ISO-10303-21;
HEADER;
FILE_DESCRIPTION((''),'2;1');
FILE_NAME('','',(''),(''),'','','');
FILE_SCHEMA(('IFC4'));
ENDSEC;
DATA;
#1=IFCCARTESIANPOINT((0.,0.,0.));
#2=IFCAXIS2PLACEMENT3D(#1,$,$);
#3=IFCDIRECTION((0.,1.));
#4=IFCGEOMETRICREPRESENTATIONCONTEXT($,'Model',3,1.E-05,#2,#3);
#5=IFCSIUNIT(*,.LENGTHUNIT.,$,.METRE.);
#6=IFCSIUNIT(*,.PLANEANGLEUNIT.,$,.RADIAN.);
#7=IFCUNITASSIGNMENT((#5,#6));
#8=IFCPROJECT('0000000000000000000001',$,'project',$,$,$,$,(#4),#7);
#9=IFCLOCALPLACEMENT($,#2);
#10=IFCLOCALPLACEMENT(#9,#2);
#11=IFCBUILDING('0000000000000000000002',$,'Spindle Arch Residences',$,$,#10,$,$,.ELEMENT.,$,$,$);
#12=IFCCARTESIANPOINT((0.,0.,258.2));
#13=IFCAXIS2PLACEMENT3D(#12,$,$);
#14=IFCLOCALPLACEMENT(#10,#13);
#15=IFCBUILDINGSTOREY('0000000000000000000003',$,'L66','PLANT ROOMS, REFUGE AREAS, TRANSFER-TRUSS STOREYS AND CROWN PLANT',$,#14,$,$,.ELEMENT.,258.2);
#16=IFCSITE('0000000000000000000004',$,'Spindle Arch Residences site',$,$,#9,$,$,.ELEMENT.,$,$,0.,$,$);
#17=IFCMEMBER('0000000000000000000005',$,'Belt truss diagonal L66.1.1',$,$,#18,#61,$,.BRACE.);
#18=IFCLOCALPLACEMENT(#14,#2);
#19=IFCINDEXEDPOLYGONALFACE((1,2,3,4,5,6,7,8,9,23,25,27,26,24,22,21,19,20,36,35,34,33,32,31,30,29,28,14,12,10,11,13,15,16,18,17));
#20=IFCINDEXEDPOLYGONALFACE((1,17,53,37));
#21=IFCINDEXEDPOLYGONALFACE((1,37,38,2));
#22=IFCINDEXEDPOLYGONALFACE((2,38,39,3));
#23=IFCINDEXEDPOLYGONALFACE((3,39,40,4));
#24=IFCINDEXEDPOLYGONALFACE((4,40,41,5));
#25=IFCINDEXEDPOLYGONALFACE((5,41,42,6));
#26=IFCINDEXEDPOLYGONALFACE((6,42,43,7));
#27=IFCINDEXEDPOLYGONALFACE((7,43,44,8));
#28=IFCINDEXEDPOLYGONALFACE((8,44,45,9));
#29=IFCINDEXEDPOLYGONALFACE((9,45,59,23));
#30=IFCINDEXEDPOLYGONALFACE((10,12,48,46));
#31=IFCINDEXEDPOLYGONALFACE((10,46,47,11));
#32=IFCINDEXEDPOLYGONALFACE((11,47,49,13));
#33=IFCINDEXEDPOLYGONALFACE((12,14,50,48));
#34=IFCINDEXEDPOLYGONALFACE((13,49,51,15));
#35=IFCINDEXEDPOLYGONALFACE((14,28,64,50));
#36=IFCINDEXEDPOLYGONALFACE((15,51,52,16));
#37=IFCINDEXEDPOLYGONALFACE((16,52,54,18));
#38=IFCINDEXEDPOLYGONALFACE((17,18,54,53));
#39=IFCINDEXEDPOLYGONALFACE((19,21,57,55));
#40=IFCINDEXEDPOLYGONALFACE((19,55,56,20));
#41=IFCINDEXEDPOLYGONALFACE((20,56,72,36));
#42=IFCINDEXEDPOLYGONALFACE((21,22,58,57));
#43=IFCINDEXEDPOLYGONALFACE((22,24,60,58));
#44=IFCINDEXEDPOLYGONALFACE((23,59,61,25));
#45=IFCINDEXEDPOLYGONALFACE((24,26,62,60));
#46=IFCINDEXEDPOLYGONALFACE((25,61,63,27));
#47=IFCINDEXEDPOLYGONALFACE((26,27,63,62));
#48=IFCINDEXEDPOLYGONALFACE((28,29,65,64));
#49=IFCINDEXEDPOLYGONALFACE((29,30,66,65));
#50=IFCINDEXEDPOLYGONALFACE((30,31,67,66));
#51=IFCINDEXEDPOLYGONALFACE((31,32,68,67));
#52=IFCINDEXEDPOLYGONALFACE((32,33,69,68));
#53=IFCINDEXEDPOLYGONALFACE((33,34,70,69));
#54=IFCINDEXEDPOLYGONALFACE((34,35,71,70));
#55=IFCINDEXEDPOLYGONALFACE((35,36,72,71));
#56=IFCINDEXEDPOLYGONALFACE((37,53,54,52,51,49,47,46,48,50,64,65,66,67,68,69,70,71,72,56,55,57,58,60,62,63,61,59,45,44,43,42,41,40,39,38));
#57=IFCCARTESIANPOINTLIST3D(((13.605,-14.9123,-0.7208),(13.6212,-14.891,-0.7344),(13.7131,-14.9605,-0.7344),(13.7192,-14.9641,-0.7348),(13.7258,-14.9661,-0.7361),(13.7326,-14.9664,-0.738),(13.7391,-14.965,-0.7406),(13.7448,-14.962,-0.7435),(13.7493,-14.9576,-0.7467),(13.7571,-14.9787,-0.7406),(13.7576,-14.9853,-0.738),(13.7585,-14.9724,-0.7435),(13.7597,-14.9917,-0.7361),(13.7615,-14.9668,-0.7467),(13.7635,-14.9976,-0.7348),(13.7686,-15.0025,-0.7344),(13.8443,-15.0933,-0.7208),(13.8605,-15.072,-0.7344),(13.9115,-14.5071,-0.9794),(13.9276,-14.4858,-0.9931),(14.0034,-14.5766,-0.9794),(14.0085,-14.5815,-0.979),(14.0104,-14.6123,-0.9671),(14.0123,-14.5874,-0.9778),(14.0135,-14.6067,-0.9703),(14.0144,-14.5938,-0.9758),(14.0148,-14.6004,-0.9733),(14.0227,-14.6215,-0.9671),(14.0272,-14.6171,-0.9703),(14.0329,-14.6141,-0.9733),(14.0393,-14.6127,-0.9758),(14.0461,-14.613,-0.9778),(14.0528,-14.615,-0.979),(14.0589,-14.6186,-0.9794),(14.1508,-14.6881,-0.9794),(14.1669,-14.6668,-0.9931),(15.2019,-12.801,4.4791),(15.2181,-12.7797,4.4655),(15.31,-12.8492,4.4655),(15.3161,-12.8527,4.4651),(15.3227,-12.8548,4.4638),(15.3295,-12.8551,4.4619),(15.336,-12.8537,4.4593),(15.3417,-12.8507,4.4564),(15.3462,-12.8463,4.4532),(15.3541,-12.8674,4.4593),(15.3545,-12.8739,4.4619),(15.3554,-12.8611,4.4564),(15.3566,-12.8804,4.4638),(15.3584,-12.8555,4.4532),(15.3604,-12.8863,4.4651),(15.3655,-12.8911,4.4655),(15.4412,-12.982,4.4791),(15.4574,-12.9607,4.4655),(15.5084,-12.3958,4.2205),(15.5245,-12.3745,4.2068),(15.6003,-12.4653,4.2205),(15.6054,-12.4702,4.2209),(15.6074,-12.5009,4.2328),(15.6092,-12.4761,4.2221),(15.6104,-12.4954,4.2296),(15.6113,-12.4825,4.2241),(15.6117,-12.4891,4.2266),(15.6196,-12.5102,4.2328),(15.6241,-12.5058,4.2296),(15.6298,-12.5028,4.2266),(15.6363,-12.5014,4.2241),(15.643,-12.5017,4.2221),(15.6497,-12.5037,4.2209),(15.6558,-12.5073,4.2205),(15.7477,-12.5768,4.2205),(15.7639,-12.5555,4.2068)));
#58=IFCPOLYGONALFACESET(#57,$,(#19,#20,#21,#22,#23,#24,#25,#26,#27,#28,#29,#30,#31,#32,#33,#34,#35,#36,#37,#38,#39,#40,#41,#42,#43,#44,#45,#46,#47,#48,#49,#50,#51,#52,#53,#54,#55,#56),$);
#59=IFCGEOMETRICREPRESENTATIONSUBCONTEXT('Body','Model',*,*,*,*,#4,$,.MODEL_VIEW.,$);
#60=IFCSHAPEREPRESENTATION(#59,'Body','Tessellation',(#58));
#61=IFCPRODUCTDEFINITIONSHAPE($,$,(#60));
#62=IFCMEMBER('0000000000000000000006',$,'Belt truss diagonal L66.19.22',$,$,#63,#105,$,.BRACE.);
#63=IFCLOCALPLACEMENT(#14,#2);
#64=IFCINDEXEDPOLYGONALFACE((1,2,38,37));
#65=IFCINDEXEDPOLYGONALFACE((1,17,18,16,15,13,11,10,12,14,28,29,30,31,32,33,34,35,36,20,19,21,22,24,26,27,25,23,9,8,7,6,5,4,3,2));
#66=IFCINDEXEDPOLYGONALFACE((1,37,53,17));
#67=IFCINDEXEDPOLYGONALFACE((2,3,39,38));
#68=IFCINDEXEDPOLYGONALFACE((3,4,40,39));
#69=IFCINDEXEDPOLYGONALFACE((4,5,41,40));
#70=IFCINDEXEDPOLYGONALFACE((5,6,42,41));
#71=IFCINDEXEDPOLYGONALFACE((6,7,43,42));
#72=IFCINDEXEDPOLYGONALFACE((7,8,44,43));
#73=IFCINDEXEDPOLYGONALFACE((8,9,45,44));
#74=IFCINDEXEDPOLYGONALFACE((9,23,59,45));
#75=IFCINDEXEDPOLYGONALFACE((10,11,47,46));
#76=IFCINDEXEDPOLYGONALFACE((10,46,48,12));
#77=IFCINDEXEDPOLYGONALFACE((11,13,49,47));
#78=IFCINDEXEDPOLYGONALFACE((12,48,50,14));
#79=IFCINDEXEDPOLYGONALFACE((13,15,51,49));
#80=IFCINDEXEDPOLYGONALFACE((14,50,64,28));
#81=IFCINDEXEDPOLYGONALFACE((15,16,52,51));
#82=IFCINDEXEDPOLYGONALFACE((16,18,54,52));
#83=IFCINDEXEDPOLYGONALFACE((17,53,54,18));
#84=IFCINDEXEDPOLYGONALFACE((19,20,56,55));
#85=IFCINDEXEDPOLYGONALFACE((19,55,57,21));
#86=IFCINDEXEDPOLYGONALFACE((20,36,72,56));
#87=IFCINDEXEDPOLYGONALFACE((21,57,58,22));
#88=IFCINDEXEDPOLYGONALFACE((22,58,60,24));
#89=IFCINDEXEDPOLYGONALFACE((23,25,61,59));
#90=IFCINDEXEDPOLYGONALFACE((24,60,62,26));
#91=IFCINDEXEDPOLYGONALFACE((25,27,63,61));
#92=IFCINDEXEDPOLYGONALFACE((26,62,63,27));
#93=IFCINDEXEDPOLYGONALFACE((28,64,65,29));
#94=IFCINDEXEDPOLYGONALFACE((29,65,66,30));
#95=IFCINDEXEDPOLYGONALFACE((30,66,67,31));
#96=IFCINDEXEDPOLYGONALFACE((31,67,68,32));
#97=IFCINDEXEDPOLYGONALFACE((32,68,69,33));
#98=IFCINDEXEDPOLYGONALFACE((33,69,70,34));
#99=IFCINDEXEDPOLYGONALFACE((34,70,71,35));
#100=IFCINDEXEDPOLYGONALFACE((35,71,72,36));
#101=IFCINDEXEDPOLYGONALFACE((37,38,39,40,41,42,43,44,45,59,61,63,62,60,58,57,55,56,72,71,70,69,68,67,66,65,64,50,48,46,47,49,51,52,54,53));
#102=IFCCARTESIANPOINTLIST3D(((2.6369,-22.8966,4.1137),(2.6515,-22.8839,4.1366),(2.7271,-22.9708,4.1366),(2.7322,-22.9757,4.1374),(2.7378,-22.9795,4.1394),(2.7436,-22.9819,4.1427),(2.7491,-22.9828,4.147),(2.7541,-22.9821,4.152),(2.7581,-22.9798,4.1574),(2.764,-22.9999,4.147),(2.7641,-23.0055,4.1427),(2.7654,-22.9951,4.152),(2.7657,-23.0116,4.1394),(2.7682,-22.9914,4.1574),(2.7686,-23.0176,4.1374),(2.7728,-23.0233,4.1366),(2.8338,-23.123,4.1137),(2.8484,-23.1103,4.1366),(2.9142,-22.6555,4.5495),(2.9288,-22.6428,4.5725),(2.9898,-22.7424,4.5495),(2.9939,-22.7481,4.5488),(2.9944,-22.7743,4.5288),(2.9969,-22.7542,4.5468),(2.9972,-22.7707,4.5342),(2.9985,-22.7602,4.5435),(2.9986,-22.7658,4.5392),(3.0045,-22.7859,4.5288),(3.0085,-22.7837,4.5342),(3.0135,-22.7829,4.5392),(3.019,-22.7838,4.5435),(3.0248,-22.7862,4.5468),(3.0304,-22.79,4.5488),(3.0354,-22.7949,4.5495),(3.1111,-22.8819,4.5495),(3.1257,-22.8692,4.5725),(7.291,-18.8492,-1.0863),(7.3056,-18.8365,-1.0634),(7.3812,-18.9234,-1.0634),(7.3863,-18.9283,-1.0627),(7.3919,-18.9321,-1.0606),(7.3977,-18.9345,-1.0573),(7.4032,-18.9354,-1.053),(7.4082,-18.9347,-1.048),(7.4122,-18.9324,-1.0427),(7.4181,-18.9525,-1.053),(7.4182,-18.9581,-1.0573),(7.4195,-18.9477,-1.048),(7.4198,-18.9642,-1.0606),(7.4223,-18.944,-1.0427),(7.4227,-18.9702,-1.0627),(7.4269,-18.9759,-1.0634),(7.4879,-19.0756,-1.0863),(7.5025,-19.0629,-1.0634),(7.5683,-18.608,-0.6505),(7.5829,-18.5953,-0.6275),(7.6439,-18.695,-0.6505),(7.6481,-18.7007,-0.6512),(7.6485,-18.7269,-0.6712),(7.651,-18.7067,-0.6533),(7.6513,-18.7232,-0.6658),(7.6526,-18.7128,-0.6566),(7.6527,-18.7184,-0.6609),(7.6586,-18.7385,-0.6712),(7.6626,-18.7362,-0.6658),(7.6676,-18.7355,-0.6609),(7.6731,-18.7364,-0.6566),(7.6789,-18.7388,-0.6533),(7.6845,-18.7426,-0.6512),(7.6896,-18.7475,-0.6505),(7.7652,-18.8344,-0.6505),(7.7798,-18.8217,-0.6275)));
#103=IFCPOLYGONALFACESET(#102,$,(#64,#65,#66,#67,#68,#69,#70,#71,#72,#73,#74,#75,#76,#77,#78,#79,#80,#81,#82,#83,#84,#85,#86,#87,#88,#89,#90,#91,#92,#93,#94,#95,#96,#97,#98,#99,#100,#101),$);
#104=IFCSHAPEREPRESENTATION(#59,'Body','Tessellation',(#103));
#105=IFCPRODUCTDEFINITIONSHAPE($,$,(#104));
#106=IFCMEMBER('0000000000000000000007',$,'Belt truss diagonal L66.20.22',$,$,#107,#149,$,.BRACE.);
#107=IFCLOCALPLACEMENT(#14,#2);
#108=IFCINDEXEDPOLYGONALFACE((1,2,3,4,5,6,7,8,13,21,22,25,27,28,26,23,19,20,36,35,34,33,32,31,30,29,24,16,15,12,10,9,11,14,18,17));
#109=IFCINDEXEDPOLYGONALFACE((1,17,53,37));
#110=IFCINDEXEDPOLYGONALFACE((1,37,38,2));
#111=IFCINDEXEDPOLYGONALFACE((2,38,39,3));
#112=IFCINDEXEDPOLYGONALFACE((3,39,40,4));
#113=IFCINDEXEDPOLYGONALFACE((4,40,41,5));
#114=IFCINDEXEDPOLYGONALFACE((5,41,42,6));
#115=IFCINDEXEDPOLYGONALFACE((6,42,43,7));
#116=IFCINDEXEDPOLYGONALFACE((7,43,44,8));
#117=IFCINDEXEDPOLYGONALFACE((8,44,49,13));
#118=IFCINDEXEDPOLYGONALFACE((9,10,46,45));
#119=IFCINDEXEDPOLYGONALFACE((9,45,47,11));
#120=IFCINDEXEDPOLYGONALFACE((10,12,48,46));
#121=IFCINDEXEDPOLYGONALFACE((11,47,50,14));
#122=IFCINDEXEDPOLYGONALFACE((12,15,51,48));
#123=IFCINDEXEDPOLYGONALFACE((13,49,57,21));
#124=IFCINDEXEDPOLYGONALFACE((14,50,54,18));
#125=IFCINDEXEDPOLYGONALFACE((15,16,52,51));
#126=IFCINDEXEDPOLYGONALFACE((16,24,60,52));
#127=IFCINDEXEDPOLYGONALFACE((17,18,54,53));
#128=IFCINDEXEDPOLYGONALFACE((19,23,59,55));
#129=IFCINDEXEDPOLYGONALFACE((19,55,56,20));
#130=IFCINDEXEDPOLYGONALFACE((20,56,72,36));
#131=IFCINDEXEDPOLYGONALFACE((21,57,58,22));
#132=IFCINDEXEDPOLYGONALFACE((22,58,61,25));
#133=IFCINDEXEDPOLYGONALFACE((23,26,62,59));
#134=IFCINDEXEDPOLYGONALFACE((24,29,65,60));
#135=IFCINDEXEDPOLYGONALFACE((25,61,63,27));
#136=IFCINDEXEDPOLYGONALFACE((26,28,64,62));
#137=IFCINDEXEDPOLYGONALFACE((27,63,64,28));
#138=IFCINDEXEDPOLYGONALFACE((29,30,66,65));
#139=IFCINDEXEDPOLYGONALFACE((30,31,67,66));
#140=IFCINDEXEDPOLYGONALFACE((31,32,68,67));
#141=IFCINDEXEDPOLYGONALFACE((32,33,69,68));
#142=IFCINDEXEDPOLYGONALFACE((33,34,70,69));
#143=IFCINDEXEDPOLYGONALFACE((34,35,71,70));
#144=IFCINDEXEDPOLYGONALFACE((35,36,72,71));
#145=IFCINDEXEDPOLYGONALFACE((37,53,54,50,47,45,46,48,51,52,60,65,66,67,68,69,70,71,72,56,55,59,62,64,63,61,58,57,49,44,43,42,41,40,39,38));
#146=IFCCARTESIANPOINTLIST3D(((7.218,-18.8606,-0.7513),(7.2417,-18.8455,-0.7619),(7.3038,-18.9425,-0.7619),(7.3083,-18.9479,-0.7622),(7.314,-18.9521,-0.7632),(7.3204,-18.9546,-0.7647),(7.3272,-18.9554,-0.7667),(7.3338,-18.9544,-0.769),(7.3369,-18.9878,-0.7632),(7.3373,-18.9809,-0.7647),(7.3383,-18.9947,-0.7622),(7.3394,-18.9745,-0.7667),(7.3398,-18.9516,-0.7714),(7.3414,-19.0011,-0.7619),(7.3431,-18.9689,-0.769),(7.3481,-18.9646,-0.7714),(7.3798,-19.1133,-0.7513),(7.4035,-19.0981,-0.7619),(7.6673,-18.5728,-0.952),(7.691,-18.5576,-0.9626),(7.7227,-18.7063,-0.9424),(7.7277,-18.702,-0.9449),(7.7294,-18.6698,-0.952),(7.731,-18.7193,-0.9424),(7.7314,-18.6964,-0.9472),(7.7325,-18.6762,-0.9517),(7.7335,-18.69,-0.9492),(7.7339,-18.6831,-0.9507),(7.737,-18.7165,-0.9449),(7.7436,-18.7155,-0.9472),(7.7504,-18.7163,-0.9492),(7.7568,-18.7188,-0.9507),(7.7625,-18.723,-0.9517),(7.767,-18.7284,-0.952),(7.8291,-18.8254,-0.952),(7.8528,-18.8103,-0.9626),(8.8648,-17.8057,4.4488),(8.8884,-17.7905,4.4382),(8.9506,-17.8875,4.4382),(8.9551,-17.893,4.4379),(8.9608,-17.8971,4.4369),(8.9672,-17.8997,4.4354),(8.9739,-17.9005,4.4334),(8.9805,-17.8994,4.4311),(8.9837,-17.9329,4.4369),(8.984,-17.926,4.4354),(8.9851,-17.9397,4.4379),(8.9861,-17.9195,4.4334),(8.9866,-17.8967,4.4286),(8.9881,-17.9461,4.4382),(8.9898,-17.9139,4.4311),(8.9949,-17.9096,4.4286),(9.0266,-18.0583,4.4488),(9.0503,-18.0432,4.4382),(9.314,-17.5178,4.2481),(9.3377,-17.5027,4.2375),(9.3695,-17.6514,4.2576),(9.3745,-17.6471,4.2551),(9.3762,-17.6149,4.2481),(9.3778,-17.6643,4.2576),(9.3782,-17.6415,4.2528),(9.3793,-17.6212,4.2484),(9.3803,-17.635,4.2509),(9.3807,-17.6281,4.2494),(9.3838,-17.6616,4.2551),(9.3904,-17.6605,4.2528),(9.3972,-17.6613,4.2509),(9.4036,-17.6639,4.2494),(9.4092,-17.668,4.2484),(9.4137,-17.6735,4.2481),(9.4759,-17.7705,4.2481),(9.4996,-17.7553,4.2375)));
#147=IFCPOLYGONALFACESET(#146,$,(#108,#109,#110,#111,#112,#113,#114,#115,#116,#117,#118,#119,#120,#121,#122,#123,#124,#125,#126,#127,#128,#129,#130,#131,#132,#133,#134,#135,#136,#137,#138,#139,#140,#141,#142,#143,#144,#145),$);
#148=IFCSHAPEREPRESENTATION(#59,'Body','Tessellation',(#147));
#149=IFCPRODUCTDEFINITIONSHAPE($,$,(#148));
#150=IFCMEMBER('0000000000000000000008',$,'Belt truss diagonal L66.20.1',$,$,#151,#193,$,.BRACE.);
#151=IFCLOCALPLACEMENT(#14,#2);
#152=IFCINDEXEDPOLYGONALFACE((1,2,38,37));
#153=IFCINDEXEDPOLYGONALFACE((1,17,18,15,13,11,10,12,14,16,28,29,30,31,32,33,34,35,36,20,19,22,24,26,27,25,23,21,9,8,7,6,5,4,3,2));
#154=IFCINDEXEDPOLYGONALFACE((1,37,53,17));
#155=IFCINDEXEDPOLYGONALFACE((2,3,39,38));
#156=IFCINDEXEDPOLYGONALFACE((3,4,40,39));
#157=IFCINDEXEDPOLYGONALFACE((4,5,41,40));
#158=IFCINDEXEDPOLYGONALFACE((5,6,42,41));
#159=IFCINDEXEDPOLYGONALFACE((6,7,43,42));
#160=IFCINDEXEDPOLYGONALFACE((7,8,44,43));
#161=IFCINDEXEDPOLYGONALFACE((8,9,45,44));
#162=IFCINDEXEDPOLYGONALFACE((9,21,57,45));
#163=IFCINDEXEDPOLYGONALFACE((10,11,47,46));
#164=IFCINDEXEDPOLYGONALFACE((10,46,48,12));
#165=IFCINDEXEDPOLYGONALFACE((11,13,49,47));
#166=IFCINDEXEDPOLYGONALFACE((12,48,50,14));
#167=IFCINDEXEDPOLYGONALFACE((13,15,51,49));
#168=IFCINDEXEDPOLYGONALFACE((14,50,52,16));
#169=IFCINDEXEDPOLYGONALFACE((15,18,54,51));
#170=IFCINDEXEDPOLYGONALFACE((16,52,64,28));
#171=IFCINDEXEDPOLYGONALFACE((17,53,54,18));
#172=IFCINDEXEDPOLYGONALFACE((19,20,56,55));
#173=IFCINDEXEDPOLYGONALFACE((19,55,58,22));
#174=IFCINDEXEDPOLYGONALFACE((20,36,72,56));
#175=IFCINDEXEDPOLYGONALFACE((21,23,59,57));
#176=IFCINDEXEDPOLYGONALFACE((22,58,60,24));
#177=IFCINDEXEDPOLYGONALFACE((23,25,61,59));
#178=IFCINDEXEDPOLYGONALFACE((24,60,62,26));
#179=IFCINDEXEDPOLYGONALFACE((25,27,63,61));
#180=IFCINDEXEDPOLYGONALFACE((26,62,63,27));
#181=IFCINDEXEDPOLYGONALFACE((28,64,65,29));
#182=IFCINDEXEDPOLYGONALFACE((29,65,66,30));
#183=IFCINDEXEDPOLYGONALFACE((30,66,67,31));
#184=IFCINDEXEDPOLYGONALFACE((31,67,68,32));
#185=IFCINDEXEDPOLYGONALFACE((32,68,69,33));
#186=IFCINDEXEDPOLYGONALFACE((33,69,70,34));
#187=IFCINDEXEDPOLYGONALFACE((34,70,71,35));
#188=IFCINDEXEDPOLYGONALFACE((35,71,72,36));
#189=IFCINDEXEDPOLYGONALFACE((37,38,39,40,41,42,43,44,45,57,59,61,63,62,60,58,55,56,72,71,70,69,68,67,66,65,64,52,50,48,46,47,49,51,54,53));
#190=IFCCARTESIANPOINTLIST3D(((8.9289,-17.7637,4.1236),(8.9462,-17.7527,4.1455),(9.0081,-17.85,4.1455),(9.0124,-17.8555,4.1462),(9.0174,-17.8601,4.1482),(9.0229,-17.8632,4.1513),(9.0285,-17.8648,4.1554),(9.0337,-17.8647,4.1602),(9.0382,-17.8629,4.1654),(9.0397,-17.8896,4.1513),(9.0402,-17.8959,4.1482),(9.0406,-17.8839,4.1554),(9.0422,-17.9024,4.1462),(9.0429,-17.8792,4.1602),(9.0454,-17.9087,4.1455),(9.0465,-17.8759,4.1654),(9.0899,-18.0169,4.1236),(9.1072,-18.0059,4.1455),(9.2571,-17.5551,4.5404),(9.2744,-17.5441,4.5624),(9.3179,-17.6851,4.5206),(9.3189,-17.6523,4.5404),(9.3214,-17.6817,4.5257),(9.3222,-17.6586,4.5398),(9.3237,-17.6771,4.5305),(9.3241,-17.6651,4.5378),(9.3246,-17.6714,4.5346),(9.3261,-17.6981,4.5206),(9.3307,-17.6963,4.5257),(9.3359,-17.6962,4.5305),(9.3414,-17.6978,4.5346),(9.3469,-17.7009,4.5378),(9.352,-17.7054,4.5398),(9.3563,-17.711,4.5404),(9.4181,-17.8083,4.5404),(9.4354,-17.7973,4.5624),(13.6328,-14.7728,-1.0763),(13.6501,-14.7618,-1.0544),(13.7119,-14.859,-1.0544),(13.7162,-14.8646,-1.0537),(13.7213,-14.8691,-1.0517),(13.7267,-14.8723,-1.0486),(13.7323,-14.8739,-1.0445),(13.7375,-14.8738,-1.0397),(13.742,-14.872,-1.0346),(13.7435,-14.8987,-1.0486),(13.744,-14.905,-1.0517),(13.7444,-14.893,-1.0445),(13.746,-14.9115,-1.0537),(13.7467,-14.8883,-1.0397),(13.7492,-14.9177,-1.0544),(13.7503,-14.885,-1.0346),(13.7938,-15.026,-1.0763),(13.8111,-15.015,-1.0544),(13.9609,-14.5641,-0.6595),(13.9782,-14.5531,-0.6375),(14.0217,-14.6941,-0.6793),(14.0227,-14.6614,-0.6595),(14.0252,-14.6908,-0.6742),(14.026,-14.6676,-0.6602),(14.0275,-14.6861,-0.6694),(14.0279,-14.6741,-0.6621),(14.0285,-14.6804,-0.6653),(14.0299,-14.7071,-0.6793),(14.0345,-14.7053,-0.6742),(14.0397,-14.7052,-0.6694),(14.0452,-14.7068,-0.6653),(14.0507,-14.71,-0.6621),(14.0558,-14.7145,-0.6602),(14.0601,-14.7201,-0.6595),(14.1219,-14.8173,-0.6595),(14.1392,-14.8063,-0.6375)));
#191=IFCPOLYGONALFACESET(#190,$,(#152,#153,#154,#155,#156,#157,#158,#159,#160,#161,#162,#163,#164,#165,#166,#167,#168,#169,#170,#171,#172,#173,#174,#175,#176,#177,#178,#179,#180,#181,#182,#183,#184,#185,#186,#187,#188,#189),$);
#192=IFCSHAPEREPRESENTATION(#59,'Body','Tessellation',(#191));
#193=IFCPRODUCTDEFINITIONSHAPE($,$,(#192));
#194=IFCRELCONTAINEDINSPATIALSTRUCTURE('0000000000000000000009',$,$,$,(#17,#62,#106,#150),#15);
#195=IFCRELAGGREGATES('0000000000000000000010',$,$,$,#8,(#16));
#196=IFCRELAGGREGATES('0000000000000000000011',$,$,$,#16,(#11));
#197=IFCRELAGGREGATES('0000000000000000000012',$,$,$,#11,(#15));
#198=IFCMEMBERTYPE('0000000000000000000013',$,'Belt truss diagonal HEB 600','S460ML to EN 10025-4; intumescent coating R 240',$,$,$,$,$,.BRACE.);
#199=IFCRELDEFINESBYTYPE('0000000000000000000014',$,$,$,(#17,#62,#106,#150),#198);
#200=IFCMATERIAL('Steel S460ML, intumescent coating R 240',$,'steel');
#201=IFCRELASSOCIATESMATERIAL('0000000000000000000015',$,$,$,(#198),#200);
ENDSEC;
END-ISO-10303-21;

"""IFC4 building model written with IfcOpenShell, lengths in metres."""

from ifc_helpers import new_model, si_unit, direction, frame, origin, origin_2d, place, context, subcontext, project, spatial, i_section, extrude, material, material_profile, profile_set, type_object, element, save


model = new_model("IFC4")

# Units and contexts
model_context = context("Model", 3, precision=1e-05, world=origin(), true_north=direction((0.0, 1.0)))
body_context = subcontext(model_context, "Body", "Model", "MODEL_VIEW")
ifc_project = project(units=[si_unit("LENGTHUNIT", "METRE"), si_unit("PLANEANGLEUNIT", "RADIAN")], contexts=[model_context])

# Site, building, storey
site_placement = place(None, origin())
site = spatial("IfcSite", under=ifc_project, at=site_placement, Name="Spindle Arch Residences site", CompositionType="ELEMENT", RefElevation=0.0)
building_placement = place(site_placement, origin())
building = spatial("IfcBuilding", under=site, at=building_placement, Name="Spindle Arch Residences", CompositionType="ELEMENT")
storey_placement = place(building_placement, frame((0.0, 0.0, 258.2)))
storey = spatial("IfcBuildingStorey", under=building, at=storey_placement, Name="L66", Description="PLANT ROOMS, REFUGE AREAS, TRANSFER-TRUSS STOREYS AND CROWN PLANT", CompositionType="ELEMENT", Elevation=258.2)

# Members
ifc_material_1 = material(Name="Steel S460ML, intumescent coating R 240", Category="steel")
ifc_material_profile_1 = material_profile(ifc_material_1, i_section(OverallWidth=0.3, OverallDepth=0.6001, WebThickness=0.0154, FlangeThickness=0.03, FilletRadius=0.0271, at=origin_2d()), Name="HEB 600")
ifc_profile_set_1 = profile_set([ifc_material_profile_1], Name="Steel S460ML, intumescent coating R 240")
member_type_1 = type_object("IfcMemberType", Name="Belt truss diagonal HEB 600", Description="S460ML to EN 10025-4; intumescent coating R 240", PredefinedType="BRACE", material=ifc_profile_set_1)
member_1_placement = place(storey_placement, frame((13.886, -14.7896, -0.8569), z_axis=(0.27368, 0.361838, 0.891164), x_axis=(-0.797559, 0.603241, 0.0)))
element("IfcMember", 1, at=member_1_placement, inside=storey, type_object=member_type_1, Name="Belt truss diagonal L66.1.1", PredefinedType="BRACE", context=body_context, shape_type="SweptSolid", body=[
    extrude(i_section(OverallWidth=0.3, OverallDepth=0.6001, WebThickness=0.0154, FlangeThickness=0.03, FilletRadius=0.0271, at=origin_2d()), origin(), (0.0, 0.0, 1.0), 5.835),
])
member_2_placement = place(storey_placement, frame((7.5354, -18.8354, -0.8569), z_axis=(-0.576906, -0.501702, 0.644574), x_axis=(0.656212, -0.754577, 0.0)))
element("IfcMember", 2, at=member_2_placement, inside=storey, type_object=member_type_1, Name="Belt truss diagonal L66.19.22", PredefinedType="BRACE", context=body_context, shape_type="SweptSolid", body=[
    extrude(i_section(OverallWidth=0.3, OverallDepth=0.6001, WebThickness=0.0154, FlangeThickness=0.03, FilletRadius=0.0271, at=origin_2d()), origin(), (0.0, 0.0, 1.0), 8.0674),
])
member_3_placement = place(storey_placement, frame((7.5354, -18.8354, -0.8569), z_axis=(0.296412, 0.189888, 0.935993), x_axis=(-0.539426, 0.842033, 0.0)))
element("IfcMember", 3, at=member_3_placement, inside=storey, type_object=member_type_1, Name="Belt truss diagonal L66.20.22", PredefinedType="BRACE", context=body_context, shape_type="SweptSolid", body=[
    extrude(i_section(OverallWidth=0.3, OverallDepth=0.6001, WebThickness=0.0154, FlangeThickness=0.03, FilletRadius=0.0271, at=origin_2d()), origin(), (0.0, 0.0, 1.0), 5.5557),
])
member_4_placement = place(storey_placement, frame((13.886, -14.7896, -0.8569), z_axis=(-0.617053, -0.392356, 0.682131), x_axis=(0.536569, -0.843856, 0.0)))
element("IfcMember", 4, at=member_4_placement, inside=storey, type_object=member_type_1, Name="Belt truss diagonal L66.20.1", PredefinedType="BRACE", context=body_context, shape_type="SweptSolid", body=[
    extrude(i_section(OverallWidth=0.3, OverallDepth=0.6001, WebThickness=0.0154, FlangeThickness=0.03, FilletRadius=0.0271, at=origin_2d()), origin(), (0.0, 0.0, 1.0), 7.623),
])

save(model, "model.ifc")
